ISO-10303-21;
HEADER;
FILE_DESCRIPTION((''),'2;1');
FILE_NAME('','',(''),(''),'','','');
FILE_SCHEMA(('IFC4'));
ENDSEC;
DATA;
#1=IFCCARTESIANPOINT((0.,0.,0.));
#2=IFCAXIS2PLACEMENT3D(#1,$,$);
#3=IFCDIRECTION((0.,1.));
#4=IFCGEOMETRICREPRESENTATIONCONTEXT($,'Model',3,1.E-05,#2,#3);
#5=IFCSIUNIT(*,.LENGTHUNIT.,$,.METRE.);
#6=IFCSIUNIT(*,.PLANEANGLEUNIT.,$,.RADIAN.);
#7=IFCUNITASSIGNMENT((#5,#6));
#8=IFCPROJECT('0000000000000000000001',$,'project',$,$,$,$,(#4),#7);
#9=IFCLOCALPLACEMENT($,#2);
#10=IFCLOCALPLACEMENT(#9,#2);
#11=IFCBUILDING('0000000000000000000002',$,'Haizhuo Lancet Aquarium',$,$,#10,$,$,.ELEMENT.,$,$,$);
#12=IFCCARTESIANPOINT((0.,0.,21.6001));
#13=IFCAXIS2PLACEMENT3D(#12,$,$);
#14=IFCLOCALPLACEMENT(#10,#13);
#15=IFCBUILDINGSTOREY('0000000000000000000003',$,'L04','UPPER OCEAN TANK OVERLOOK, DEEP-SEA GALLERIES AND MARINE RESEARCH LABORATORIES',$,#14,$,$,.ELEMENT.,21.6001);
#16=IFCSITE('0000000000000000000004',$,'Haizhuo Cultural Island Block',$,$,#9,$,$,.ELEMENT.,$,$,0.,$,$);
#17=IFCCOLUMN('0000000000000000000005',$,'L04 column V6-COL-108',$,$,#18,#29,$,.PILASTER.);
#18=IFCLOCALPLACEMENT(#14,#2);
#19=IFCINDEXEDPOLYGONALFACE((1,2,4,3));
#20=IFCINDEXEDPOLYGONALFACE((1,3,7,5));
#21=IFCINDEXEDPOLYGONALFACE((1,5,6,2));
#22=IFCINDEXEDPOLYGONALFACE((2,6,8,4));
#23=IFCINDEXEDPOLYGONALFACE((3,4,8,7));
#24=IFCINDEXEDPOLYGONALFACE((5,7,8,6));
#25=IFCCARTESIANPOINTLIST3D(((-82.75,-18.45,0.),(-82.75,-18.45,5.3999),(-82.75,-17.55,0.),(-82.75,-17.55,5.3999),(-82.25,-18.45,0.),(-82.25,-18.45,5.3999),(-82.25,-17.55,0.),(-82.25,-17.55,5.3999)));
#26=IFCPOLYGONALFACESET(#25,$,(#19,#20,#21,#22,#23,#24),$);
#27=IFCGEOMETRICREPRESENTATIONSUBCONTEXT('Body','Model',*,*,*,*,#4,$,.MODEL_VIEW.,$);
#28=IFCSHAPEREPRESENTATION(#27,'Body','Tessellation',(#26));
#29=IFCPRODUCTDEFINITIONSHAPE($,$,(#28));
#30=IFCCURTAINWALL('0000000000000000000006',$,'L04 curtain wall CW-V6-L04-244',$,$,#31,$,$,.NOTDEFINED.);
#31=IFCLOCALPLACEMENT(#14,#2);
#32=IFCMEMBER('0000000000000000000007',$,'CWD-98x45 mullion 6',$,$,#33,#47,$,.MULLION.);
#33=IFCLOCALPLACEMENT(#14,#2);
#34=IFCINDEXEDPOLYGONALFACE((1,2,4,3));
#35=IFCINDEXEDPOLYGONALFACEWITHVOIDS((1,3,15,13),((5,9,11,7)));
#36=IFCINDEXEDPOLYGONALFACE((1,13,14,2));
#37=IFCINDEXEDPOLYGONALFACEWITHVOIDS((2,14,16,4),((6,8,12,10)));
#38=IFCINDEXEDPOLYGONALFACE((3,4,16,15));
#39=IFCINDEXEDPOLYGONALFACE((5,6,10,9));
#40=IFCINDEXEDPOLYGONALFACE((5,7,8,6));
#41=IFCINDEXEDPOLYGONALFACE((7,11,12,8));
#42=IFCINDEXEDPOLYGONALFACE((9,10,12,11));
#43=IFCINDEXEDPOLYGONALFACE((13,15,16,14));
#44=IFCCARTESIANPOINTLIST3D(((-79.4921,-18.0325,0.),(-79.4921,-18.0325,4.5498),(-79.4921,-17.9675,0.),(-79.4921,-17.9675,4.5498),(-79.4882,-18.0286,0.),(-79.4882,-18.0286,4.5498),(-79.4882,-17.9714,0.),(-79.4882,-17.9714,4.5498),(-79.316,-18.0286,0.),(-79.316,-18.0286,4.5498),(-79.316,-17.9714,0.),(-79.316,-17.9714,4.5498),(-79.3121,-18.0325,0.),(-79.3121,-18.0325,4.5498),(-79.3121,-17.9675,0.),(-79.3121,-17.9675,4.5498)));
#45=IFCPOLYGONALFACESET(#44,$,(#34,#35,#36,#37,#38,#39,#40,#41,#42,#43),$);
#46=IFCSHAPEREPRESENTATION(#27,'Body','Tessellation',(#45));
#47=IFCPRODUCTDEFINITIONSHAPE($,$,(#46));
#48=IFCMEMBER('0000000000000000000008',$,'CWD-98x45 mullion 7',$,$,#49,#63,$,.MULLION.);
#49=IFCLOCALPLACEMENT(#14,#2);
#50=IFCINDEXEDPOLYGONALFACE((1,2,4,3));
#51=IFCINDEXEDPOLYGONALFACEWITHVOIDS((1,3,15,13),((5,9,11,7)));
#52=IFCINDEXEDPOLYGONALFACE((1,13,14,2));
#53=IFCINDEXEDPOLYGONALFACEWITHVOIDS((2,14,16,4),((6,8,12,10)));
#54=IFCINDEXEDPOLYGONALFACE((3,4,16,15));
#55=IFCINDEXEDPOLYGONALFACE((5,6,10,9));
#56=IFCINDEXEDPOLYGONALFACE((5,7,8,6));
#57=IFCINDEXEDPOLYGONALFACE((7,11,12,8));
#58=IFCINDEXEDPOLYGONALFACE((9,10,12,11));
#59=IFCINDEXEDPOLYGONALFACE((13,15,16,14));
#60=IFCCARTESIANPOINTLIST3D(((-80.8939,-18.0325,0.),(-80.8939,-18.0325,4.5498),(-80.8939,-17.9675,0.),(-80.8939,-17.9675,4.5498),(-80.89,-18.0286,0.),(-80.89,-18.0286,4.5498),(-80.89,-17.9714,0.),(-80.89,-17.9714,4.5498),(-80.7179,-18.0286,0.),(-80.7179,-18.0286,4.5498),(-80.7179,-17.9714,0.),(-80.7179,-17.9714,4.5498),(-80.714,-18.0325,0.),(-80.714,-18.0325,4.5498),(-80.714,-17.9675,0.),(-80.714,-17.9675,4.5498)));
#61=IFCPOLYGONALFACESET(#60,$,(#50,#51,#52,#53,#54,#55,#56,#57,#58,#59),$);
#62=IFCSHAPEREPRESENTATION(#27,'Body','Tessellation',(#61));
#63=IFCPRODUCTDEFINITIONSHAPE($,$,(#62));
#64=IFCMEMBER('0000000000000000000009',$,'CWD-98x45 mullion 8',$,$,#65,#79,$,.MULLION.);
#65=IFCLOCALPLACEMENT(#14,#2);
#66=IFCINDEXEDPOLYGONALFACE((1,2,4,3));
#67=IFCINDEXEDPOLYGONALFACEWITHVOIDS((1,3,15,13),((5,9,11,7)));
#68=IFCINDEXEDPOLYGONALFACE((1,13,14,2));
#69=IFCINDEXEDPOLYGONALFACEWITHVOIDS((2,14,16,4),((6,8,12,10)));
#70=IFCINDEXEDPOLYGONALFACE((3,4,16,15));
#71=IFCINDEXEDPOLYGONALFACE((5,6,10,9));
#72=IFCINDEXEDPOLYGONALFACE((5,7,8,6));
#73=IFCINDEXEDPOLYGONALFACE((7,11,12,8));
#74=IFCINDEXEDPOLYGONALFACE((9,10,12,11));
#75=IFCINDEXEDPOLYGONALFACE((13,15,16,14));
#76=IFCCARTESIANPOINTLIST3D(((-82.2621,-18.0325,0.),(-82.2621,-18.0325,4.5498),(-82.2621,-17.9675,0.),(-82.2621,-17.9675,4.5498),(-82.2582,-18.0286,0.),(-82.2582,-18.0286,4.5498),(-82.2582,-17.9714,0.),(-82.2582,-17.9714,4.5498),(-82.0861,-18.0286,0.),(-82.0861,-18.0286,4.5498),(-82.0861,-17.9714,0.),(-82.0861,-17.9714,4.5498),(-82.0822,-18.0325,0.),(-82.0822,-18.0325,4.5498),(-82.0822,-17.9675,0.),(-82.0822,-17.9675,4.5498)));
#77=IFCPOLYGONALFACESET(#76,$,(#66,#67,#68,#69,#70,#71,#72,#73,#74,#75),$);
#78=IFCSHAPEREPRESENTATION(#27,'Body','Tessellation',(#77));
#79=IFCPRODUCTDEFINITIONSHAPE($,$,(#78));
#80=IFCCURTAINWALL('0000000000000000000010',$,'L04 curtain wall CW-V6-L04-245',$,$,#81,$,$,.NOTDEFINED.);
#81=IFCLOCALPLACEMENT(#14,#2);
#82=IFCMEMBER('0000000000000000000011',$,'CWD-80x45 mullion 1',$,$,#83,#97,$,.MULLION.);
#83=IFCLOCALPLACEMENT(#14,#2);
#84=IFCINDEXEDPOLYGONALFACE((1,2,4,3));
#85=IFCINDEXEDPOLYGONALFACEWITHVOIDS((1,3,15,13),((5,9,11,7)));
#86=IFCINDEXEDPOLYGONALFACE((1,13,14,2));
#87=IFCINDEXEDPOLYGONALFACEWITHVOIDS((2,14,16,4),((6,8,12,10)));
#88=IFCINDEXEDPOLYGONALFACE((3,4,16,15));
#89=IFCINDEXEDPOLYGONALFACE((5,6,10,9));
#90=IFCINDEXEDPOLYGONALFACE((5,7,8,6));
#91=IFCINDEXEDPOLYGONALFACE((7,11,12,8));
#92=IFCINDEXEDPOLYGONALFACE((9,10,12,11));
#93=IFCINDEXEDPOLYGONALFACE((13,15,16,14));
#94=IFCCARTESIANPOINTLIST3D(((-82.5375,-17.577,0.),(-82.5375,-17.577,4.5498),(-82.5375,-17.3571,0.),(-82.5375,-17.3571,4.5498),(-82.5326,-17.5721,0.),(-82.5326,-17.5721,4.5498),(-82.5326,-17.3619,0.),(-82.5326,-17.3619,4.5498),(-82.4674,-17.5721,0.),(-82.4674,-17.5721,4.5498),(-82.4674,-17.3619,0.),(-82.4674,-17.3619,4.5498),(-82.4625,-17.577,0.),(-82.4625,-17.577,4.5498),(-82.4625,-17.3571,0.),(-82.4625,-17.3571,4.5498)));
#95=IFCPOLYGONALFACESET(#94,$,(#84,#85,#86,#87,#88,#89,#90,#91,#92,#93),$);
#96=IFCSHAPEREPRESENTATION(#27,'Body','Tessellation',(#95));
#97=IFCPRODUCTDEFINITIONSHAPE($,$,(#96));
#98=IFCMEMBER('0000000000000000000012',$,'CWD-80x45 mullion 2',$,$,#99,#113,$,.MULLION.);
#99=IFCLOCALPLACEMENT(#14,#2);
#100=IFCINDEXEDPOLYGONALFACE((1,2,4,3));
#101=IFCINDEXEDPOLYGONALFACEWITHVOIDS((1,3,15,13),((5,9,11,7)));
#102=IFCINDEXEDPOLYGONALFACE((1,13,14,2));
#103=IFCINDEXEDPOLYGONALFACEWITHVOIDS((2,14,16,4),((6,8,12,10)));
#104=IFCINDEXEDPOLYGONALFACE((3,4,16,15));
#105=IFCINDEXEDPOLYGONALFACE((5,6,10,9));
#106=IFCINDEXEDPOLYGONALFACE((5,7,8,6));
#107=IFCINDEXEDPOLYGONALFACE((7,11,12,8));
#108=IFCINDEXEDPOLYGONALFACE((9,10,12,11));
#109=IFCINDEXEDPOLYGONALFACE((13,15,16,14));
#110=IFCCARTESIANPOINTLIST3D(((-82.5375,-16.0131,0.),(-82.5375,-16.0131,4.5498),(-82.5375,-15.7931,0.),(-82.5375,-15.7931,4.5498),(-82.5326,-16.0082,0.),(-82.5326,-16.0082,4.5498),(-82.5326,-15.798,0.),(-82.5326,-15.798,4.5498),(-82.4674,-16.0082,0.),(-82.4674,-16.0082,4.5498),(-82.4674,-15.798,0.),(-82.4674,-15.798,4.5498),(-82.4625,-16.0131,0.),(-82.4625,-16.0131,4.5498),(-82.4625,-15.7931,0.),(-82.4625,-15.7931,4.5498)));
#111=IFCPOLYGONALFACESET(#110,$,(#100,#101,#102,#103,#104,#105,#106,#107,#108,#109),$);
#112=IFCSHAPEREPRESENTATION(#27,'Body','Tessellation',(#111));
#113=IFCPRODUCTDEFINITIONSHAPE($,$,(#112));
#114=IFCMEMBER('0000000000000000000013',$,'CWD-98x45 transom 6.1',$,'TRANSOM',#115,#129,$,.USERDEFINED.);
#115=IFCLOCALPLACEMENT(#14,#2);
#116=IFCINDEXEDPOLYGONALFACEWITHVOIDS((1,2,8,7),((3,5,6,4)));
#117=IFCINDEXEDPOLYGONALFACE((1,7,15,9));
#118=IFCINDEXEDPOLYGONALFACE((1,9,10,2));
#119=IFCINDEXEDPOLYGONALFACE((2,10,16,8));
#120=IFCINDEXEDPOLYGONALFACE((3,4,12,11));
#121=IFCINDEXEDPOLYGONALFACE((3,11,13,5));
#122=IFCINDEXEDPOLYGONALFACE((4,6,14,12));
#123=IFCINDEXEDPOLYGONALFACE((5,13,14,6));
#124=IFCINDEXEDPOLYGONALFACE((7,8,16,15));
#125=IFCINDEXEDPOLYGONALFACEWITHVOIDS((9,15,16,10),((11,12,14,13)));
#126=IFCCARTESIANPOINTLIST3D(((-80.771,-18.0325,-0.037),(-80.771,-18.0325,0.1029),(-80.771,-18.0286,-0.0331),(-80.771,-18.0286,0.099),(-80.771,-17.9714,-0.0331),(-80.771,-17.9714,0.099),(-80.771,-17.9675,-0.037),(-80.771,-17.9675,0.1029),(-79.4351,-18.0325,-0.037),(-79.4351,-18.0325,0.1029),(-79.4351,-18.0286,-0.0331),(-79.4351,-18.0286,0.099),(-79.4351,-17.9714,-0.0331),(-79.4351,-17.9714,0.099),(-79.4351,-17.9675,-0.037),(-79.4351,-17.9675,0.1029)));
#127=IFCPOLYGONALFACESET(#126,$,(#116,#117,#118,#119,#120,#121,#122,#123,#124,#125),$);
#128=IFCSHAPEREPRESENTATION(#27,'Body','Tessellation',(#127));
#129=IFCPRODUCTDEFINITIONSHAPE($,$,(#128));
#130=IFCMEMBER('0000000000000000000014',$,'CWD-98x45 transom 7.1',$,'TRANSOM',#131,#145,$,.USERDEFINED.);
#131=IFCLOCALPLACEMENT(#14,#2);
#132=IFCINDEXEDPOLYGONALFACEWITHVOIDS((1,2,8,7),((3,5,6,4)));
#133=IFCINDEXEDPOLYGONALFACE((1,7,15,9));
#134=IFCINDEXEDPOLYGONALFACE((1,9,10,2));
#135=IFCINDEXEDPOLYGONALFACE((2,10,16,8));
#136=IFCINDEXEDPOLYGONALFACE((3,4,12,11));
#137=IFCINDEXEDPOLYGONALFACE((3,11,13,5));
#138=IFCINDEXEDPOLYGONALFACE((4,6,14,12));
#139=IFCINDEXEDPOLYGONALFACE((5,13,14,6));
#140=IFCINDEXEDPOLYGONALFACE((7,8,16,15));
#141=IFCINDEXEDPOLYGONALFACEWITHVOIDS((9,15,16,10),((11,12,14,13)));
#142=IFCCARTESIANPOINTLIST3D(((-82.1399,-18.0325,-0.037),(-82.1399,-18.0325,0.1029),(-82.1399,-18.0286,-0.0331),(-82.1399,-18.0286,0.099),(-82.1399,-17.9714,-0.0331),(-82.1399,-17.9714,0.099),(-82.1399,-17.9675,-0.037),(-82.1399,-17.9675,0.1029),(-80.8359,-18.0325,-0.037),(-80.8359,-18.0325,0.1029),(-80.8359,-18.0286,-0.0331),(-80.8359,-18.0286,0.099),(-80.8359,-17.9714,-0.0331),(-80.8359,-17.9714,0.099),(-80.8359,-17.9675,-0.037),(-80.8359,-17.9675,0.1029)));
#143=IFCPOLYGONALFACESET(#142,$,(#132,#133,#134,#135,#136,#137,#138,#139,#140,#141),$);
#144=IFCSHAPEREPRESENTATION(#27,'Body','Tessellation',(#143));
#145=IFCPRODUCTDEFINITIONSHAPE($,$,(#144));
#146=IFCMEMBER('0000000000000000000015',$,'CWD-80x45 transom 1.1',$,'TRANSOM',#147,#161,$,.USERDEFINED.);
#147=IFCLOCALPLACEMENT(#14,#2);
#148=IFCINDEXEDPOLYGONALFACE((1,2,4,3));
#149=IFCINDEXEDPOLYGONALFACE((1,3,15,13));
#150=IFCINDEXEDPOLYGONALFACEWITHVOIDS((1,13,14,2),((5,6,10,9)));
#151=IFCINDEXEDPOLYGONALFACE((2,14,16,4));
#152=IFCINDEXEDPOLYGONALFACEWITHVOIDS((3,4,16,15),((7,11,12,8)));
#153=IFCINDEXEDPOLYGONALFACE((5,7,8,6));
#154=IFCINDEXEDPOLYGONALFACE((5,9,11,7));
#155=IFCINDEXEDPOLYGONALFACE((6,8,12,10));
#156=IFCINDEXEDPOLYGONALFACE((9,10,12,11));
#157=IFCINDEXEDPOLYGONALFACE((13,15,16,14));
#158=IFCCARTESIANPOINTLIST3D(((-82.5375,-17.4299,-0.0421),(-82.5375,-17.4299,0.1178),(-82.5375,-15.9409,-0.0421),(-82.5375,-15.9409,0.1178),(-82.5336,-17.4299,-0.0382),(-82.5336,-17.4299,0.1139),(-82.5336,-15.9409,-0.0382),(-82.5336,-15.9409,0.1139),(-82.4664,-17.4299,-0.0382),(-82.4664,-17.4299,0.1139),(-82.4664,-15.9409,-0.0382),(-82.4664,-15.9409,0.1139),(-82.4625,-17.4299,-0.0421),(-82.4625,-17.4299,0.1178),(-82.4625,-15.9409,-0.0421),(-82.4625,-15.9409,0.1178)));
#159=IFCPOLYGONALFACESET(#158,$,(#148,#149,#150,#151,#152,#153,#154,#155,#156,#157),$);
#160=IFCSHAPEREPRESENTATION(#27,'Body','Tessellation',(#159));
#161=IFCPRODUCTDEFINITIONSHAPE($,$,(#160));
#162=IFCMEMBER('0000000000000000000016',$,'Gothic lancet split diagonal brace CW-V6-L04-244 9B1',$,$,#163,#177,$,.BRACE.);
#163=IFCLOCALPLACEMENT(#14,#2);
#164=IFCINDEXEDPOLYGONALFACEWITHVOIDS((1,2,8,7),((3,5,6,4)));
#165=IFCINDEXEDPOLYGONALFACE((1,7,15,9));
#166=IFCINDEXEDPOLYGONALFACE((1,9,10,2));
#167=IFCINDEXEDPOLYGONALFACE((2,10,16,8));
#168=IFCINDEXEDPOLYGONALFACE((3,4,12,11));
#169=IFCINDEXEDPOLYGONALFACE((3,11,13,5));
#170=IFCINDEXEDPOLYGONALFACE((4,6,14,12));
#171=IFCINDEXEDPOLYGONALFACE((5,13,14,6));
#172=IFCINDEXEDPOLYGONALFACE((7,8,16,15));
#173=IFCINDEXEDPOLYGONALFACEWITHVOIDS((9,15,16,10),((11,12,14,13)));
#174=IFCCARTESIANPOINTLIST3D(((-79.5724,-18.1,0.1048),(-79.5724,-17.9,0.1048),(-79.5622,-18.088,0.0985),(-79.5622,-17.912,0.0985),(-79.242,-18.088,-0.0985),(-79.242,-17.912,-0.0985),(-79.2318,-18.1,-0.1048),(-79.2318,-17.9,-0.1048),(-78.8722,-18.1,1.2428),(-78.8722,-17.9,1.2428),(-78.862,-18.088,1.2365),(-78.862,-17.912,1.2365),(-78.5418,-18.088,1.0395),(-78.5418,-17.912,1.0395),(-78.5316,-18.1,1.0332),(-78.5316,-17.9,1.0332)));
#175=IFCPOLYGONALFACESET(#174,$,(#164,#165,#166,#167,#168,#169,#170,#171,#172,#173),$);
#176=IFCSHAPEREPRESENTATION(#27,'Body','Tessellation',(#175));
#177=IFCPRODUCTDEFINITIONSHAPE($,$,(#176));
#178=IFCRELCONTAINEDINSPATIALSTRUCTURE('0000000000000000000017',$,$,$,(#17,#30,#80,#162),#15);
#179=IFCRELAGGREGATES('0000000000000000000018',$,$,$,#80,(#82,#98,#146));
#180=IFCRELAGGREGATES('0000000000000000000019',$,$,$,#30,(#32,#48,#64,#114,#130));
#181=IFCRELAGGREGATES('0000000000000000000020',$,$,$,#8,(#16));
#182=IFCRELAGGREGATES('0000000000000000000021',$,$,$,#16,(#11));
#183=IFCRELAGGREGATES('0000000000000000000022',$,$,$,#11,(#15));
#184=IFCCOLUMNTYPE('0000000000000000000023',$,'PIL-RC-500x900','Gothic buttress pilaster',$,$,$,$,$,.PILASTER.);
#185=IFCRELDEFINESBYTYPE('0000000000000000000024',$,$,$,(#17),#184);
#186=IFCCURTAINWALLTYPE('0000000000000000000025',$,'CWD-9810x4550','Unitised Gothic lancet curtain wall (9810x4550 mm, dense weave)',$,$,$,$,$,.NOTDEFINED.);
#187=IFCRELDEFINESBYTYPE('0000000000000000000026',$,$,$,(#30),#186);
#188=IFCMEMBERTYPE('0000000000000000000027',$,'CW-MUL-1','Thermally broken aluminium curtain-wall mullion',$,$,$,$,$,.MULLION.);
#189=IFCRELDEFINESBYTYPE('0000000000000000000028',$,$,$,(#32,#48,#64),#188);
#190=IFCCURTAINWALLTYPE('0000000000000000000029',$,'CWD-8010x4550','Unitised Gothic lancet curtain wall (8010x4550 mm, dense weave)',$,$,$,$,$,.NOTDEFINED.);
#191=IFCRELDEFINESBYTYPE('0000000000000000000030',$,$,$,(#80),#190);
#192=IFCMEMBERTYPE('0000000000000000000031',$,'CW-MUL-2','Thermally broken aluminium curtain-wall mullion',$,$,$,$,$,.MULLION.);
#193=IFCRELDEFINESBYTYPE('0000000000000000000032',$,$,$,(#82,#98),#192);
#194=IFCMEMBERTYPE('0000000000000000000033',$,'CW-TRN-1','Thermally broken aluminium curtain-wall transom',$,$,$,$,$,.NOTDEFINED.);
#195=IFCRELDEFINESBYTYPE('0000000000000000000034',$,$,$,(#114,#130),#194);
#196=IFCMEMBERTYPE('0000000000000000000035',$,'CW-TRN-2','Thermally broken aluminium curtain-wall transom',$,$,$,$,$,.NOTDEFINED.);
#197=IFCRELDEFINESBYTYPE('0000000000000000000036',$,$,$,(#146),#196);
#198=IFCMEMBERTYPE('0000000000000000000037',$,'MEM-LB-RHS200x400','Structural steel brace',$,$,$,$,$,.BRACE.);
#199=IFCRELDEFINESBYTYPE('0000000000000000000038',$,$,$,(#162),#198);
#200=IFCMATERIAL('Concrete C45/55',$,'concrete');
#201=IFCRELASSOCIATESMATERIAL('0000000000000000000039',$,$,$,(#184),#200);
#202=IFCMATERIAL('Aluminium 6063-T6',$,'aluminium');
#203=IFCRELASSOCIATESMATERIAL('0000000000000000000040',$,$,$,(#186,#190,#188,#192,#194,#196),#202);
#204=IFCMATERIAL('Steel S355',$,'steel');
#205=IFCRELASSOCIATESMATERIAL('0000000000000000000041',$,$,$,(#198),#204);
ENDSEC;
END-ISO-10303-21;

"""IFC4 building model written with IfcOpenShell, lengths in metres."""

from ifc_helpers import new_model, si_unit, direction, frame, origin, origin_2d, place, context, subcontext, project, spatial, rectangle, hollow_rectangle, extrude, material, material_profile, profile_set, type_object, element, aggregate, save


model = new_model("IFC4")

# Units and contexts
model_context = context("Model", 3, precision=1e-05, world=origin(), true_north=direction((0.0, 1.0)))
body_context = subcontext(model_context, "Body", "Model", "MODEL_VIEW")
ifc_project = project(units=[si_unit("LENGTHUNIT", "METRE"), si_unit("PLANEANGLEUNIT", "RADIAN")], contexts=[model_context])

# Site, building, storey
site_placement = place(None, origin())
site = spatial("IfcSite", under=ifc_project, at=site_placement, Name="Haizhuo Cultural Island Block", CompositionType="ELEMENT", RefElevation=0.0)
building_placement = place(site_placement, origin())
building = spatial("IfcBuilding", under=site, at=building_placement, Name="Haizhuo Lancet Aquarium", CompositionType="ELEMENT")
storey_placement = place(building_placement, frame((0.0, 0.0, 21.6001)))
storey = spatial("IfcBuildingStorey", under=building, at=storey_placement, Name="L04", Description="UPPER OCEAN TANK OVERLOOK, DEEP-SEA GALLERIES AND MARINE RESEARCH LABORATORIES", CompositionType="ELEMENT", Elevation=21.6001)

# Column
ifc_material_1 = material(Name="Concrete C45/55", Category="concrete")
ifc_material_profile_1 = material_profile(ifc_material_1, rectangle(XDim=0.5, YDim=0.8999, at=origin_2d()), Name="RC-PIL 500x900")
ifc_profile_set_1 = profile_set([ifc_material_profile_1], Name="Concrete C45/55")
column_type = type_object("IfcColumnType", Name="PIL-RC-500x900", Description="Gothic buttress pilaster", PredefinedType="PILASTER", material=ifc_profile_set_1)
column_placement = place(storey_placement, frame((-82.5, -18.0, 0.0), z_axis=(0.0, 0.0, 1.0), x_axis=(1.0, 0.0, 0.0)))
element("IfcColumn", 1, at=column_placement, inside=storey, type_object=column_type, Name="L04 column V6-COL-108", PredefinedType="PILASTER", context=body_context, shape_type="SweptSolid", body=[
    extrude(rectangle(XDim=0.5, YDim=0.8999, at=origin_2d()), origin(), (0.0, 0.0, 1.0), 5.3999),
])

# Curtain walls, members
ifc_material_2 = material(Name="Aluminium 6063-T6", Category="aluminium")
curtain_wall_type_1 = type_object("IfcCurtainWallType", Name="CWD-9810x4550", Description="Unitised Gothic lancet curtain wall (9810x4550 mm, dense weave)", PredefinedType="NOTDEFINED", material=ifc_material_2)
curtain_wall_1_placement = place(storey_placement, origin())
curtain_wall_1 = element("IfcCurtainWall", 2, at=curtain_wall_1_placement, inside=storey, type_object=curtain_wall_type_1, Name="L04 curtain wall CW-V6-L04-244", PredefinedType="NOTDEFINED")
ifc_material_profile_2 = material_profile(ifc_material_2, hollow_rectangle(XDim=0.0649, YDim=0.1799, WallThickness=0.0039, at=origin_2d()), Name="ALU-M 65x180x4")
ifc_profile_set_2 = profile_set([ifc_material_profile_2], Name="Aluminium 6063-T6")
member_type_1 = type_object("IfcMemberType", Name="CW-MUL-1", Description="Thermally broken aluminium curtain-wall mullion", PredefinedType="MULLION", material=ifc_profile_set_2)
member_1_placement = place(storey_placement, frame((-79.4021, -18.0, 0.0), z_axis=(0.0, 0.0, 1.0), x_axis=(0.0, -1.0, 0.0)))
member_1 = element("IfcMember", 3, at=member_1_placement, type_object=member_type_1, Name="CWD-98x45 mullion 6", PredefinedType="MULLION", context=body_context, shape_type="SweptSolid", body=[
    extrude(hollow_rectangle(XDim=0.0649, YDim=0.1799, WallThickness=0.0039, at=origin_2d()), origin(), (0.0, 0.0, 1.0), 4.5498),
])
member_2_placement = place(storey_placement, frame((-80.804, -18.0, 0.0), z_axis=(0.0, 0.0, 1.0), x_axis=(0.0, -1.0, 0.0)))
member_2 = element("IfcMember", 4, at=member_2_placement, type_object=member_type_1, Name="CWD-98x45 mullion 7", PredefinedType="MULLION", context=body_context, shape_type="SweptSolid", body=[
    extrude(hollow_rectangle(XDim=0.0649, YDim=0.1799, WallThickness=0.0039, at=origin_2d()), origin(), (0.0, 0.0, 1.0), 4.5498),
])
member_3_placement = place(storey_placement, frame((-82.1721, -18.0, 0.0), z_axis=(0.0, 0.0, 1.0), x_axis=(0.0, -1.0, 0.0)))
member_3 = element("IfcMember", 5, at=member_3_placement, type_object=member_type_1, Name="CWD-98x45 mullion 8", PredefinedType="MULLION", context=body_context, shape_type="SweptSolid", body=[
    extrude(hollow_rectangle(XDim=0.0649, YDim=0.1799, WallThickness=0.0039, at=origin_2d()), origin(), (0.0, 0.0, 1.0), 4.5498),
])
curtain_wall_type_2 = type_object("IfcCurtainWallType", Name="CWD-8010x4550", Description="Unitised Gothic lancet curtain wall (8010x4550 mm, dense weave)", PredefinedType="NOTDEFINED", material=ifc_material_2)
curtain_wall_2_placement = place(storey_placement, origin())
curtain_wall_2 = element("IfcCurtainWall", 6, at=curtain_wall_2_placement, inside=storey, type_object=curtain_wall_type_2, Name="L04 curtain wall CW-V6-L04-245", PredefinedType="NOTDEFINED")
ifc_material_profile_3 = material_profile(ifc_material_2, hollow_rectangle(XDim=0.075, YDim=0.22, WallThickness=0.0049, at=origin_2d()), Name="ALU-M 75x220x5")
ifc_profile_set_3 = profile_set([ifc_material_profile_3], Name="Aluminium 6063-T6")
member_type_2 = type_object("IfcMemberType", Name="CW-MUL-2", Description="Thermally broken aluminium curtain-wall mullion", PredefinedType="MULLION", material=ifc_profile_set_3)
member_4_placement = place(storey_placement, frame((-82.5, -17.467, 0.0), z_axis=(0.0, 0.0, 1.0), x_axis=(-1.0, 0.0, 0.0)))
member_4 = element("IfcMember", 7, at=member_4_placement, type_object=member_type_2, Name="CWD-80x45 mullion 1", PredefinedType="MULLION", context=body_context, shape_type="SweptSolid", body=[
    extrude(hollow_rectangle(XDim=0.075, YDim=0.22, WallThickness=0.0049, at=origin_2d()), origin(), (0.0, 0.0, 1.0), 4.5498),
])
member_5_placement = place(storey_placement, frame((-82.5, -15.9031, 0.0), z_axis=(0.0, 0.0, 1.0), x_axis=(-1.0, 0.0, 0.0)))
member_5 = element("IfcMember", 8, at=member_5_placement, type_object=member_type_2, Name="CWD-80x45 mullion 2", PredefinedType="MULLION", context=body_context, shape_type="SweptSolid", body=[
    extrude(hollow_rectangle(XDim=0.075, YDim=0.22, WallThickness=0.0049, at=origin_2d()), origin(), (0.0, 0.0, 1.0), 4.5498),
])

# Members
ifc_material_profile_4 = material_profile(ifc_material_2, hollow_rectangle(XDim=0.0649, YDim=0.1399, WallThickness=0.0039, at=origin_2d()), Name="ALU-T 65x140x4")
ifc_profile_set_4 = profile_set([ifc_material_profile_4], Name="Aluminium 6063-T6")
member_type_3 = type_object("IfcMemberType", Name="CW-TRN-1", Description="Thermally broken aluminium curtain-wall transom", PredefinedType="NOTDEFINED", material=ifc_profile_set_4)
member_6_placement = place(storey_placement, frame((-79.4351, -18.0, 0.033), z_axis=(-1.0, 0.0, 0.0), x_axis=(0.0, -1.0, 0.0)))
member_6 = element("IfcMember", 9, at=member_6_placement, type_object=member_type_3, Name="CWD-98x45 transom 6.1", ObjectType="TRANSOM", PredefinedType="USERDEFINED", context=body_context, shape_type="SweptSolid", body=[
    extrude(hollow_rectangle(XDim=0.0649, YDim=0.1399, WallThickness=0.0039, at=origin_2d()), origin(), (0.0, 0.0, 1.0), 1.3359),
])
member_7_placement = place(storey_placement, frame((-80.8359, -18.0, 0.033), z_axis=(-1.0, 0.0, 0.0), x_axis=(0.0, -1.0, 0.0)))
member_7 = element("IfcMember", 10, at=member_7_placement, type_object=member_type_3, Name="CWD-98x45 transom 7.1", ObjectType="TRANSOM", PredefinedType="USERDEFINED", context=body_context, shape_type="SweptSolid", body=[
    extrude(hollow_rectangle(XDim=0.0649, YDim=0.1399, WallThickness=0.0039, at=origin_2d()), origin(), (0.0, 0.0, 1.0), 1.304),
])
ifc_material_profile_5 = material_profile(ifc_material_2, hollow_rectangle(XDim=0.075, YDim=0.1599, WallThickness=0.0039, at=origin_2d()), Name="ALU-T 75x160x4")
ifc_profile_set_5 = profile_set([ifc_material_profile_5], Name="Aluminium 6063-T6")
member_type_4 = type_object("IfcMemberType", Name="CW-TRN-2", Description="Thermally broken aluminium curtain-wall transom", PredefinedType="NOTDEFINED", material=ifc_profile_set_5)
member_8_placement = place(storey_placement, frame((-82.5, -17.4299, 0.0378), z_axis=(0.0, 1.0, 0.0), x_axis=(-1.0, 0.0, 0.0)))
member_8 = element("IfcMember", 11, at=member_8_placement, type_object=member_type_4, Name="CWD-80x45 transom 1.1", ObjectType="TRANSOM", PredefinedType="USERDEFINED", context=body_context, shape_type="SweptSolid", body=[
    extrude(hollow_rectangle(XDim=0.075, YDim=0.1599, WallThickness=0.0039, at=origin_2d()), origin(), (0.0, 0.0, 1.0), 1.489),
])

# Member
ifc_material_3 = material(Name="Steel S355", Category="steel")
ifc_material_profile_6 = material_profile(ifc_material_3, hollow_rectangle(XDim=0.2, YDim=0.3999, WallThickness=0.012, at=origin_2d()), Name="RHS 200x400x12")
ifc_profile_set_6 = profile_set([ifc_material_profile_6], Name="Steel S355")
member_type_5 = type_object("IfcMemberType", Name="MEM-LB-RHS200x400", Description="Structural steel brace", PredefinedType="BRACE", material=ifc_profile_set_6)
member_9_placement = place(storey_placement, frame((-79.4021, -18.0, 0.0), z_axis=(0.524057, 0.0, 0.851683), x_axis=(0.0, 1.0, 0.0)))
element("IfcMember", 12, at=member_9_placement, inside=storey, type_object=member_type_5, Name="Gothic lancet split diagonal brace CW-V6-L04-244 9B1", PredefinedType="BRACE", context=body_context, shape_type="SweptSolid", body=[
    extrude(hollow_rectangle(XDim=0.2, YDim=0.3999, WallThickness=0.012, at=origin_2d()), origin(), (0.0, 0.0, 1.0), 1.3362),
])

aggregate(curtain_wall_2, [member_4, member_5, member_8])
aggregate(curtain_wall_1, [member_1, member_2, member_3, member_6, member_7])

save(model, "model.ifc")
